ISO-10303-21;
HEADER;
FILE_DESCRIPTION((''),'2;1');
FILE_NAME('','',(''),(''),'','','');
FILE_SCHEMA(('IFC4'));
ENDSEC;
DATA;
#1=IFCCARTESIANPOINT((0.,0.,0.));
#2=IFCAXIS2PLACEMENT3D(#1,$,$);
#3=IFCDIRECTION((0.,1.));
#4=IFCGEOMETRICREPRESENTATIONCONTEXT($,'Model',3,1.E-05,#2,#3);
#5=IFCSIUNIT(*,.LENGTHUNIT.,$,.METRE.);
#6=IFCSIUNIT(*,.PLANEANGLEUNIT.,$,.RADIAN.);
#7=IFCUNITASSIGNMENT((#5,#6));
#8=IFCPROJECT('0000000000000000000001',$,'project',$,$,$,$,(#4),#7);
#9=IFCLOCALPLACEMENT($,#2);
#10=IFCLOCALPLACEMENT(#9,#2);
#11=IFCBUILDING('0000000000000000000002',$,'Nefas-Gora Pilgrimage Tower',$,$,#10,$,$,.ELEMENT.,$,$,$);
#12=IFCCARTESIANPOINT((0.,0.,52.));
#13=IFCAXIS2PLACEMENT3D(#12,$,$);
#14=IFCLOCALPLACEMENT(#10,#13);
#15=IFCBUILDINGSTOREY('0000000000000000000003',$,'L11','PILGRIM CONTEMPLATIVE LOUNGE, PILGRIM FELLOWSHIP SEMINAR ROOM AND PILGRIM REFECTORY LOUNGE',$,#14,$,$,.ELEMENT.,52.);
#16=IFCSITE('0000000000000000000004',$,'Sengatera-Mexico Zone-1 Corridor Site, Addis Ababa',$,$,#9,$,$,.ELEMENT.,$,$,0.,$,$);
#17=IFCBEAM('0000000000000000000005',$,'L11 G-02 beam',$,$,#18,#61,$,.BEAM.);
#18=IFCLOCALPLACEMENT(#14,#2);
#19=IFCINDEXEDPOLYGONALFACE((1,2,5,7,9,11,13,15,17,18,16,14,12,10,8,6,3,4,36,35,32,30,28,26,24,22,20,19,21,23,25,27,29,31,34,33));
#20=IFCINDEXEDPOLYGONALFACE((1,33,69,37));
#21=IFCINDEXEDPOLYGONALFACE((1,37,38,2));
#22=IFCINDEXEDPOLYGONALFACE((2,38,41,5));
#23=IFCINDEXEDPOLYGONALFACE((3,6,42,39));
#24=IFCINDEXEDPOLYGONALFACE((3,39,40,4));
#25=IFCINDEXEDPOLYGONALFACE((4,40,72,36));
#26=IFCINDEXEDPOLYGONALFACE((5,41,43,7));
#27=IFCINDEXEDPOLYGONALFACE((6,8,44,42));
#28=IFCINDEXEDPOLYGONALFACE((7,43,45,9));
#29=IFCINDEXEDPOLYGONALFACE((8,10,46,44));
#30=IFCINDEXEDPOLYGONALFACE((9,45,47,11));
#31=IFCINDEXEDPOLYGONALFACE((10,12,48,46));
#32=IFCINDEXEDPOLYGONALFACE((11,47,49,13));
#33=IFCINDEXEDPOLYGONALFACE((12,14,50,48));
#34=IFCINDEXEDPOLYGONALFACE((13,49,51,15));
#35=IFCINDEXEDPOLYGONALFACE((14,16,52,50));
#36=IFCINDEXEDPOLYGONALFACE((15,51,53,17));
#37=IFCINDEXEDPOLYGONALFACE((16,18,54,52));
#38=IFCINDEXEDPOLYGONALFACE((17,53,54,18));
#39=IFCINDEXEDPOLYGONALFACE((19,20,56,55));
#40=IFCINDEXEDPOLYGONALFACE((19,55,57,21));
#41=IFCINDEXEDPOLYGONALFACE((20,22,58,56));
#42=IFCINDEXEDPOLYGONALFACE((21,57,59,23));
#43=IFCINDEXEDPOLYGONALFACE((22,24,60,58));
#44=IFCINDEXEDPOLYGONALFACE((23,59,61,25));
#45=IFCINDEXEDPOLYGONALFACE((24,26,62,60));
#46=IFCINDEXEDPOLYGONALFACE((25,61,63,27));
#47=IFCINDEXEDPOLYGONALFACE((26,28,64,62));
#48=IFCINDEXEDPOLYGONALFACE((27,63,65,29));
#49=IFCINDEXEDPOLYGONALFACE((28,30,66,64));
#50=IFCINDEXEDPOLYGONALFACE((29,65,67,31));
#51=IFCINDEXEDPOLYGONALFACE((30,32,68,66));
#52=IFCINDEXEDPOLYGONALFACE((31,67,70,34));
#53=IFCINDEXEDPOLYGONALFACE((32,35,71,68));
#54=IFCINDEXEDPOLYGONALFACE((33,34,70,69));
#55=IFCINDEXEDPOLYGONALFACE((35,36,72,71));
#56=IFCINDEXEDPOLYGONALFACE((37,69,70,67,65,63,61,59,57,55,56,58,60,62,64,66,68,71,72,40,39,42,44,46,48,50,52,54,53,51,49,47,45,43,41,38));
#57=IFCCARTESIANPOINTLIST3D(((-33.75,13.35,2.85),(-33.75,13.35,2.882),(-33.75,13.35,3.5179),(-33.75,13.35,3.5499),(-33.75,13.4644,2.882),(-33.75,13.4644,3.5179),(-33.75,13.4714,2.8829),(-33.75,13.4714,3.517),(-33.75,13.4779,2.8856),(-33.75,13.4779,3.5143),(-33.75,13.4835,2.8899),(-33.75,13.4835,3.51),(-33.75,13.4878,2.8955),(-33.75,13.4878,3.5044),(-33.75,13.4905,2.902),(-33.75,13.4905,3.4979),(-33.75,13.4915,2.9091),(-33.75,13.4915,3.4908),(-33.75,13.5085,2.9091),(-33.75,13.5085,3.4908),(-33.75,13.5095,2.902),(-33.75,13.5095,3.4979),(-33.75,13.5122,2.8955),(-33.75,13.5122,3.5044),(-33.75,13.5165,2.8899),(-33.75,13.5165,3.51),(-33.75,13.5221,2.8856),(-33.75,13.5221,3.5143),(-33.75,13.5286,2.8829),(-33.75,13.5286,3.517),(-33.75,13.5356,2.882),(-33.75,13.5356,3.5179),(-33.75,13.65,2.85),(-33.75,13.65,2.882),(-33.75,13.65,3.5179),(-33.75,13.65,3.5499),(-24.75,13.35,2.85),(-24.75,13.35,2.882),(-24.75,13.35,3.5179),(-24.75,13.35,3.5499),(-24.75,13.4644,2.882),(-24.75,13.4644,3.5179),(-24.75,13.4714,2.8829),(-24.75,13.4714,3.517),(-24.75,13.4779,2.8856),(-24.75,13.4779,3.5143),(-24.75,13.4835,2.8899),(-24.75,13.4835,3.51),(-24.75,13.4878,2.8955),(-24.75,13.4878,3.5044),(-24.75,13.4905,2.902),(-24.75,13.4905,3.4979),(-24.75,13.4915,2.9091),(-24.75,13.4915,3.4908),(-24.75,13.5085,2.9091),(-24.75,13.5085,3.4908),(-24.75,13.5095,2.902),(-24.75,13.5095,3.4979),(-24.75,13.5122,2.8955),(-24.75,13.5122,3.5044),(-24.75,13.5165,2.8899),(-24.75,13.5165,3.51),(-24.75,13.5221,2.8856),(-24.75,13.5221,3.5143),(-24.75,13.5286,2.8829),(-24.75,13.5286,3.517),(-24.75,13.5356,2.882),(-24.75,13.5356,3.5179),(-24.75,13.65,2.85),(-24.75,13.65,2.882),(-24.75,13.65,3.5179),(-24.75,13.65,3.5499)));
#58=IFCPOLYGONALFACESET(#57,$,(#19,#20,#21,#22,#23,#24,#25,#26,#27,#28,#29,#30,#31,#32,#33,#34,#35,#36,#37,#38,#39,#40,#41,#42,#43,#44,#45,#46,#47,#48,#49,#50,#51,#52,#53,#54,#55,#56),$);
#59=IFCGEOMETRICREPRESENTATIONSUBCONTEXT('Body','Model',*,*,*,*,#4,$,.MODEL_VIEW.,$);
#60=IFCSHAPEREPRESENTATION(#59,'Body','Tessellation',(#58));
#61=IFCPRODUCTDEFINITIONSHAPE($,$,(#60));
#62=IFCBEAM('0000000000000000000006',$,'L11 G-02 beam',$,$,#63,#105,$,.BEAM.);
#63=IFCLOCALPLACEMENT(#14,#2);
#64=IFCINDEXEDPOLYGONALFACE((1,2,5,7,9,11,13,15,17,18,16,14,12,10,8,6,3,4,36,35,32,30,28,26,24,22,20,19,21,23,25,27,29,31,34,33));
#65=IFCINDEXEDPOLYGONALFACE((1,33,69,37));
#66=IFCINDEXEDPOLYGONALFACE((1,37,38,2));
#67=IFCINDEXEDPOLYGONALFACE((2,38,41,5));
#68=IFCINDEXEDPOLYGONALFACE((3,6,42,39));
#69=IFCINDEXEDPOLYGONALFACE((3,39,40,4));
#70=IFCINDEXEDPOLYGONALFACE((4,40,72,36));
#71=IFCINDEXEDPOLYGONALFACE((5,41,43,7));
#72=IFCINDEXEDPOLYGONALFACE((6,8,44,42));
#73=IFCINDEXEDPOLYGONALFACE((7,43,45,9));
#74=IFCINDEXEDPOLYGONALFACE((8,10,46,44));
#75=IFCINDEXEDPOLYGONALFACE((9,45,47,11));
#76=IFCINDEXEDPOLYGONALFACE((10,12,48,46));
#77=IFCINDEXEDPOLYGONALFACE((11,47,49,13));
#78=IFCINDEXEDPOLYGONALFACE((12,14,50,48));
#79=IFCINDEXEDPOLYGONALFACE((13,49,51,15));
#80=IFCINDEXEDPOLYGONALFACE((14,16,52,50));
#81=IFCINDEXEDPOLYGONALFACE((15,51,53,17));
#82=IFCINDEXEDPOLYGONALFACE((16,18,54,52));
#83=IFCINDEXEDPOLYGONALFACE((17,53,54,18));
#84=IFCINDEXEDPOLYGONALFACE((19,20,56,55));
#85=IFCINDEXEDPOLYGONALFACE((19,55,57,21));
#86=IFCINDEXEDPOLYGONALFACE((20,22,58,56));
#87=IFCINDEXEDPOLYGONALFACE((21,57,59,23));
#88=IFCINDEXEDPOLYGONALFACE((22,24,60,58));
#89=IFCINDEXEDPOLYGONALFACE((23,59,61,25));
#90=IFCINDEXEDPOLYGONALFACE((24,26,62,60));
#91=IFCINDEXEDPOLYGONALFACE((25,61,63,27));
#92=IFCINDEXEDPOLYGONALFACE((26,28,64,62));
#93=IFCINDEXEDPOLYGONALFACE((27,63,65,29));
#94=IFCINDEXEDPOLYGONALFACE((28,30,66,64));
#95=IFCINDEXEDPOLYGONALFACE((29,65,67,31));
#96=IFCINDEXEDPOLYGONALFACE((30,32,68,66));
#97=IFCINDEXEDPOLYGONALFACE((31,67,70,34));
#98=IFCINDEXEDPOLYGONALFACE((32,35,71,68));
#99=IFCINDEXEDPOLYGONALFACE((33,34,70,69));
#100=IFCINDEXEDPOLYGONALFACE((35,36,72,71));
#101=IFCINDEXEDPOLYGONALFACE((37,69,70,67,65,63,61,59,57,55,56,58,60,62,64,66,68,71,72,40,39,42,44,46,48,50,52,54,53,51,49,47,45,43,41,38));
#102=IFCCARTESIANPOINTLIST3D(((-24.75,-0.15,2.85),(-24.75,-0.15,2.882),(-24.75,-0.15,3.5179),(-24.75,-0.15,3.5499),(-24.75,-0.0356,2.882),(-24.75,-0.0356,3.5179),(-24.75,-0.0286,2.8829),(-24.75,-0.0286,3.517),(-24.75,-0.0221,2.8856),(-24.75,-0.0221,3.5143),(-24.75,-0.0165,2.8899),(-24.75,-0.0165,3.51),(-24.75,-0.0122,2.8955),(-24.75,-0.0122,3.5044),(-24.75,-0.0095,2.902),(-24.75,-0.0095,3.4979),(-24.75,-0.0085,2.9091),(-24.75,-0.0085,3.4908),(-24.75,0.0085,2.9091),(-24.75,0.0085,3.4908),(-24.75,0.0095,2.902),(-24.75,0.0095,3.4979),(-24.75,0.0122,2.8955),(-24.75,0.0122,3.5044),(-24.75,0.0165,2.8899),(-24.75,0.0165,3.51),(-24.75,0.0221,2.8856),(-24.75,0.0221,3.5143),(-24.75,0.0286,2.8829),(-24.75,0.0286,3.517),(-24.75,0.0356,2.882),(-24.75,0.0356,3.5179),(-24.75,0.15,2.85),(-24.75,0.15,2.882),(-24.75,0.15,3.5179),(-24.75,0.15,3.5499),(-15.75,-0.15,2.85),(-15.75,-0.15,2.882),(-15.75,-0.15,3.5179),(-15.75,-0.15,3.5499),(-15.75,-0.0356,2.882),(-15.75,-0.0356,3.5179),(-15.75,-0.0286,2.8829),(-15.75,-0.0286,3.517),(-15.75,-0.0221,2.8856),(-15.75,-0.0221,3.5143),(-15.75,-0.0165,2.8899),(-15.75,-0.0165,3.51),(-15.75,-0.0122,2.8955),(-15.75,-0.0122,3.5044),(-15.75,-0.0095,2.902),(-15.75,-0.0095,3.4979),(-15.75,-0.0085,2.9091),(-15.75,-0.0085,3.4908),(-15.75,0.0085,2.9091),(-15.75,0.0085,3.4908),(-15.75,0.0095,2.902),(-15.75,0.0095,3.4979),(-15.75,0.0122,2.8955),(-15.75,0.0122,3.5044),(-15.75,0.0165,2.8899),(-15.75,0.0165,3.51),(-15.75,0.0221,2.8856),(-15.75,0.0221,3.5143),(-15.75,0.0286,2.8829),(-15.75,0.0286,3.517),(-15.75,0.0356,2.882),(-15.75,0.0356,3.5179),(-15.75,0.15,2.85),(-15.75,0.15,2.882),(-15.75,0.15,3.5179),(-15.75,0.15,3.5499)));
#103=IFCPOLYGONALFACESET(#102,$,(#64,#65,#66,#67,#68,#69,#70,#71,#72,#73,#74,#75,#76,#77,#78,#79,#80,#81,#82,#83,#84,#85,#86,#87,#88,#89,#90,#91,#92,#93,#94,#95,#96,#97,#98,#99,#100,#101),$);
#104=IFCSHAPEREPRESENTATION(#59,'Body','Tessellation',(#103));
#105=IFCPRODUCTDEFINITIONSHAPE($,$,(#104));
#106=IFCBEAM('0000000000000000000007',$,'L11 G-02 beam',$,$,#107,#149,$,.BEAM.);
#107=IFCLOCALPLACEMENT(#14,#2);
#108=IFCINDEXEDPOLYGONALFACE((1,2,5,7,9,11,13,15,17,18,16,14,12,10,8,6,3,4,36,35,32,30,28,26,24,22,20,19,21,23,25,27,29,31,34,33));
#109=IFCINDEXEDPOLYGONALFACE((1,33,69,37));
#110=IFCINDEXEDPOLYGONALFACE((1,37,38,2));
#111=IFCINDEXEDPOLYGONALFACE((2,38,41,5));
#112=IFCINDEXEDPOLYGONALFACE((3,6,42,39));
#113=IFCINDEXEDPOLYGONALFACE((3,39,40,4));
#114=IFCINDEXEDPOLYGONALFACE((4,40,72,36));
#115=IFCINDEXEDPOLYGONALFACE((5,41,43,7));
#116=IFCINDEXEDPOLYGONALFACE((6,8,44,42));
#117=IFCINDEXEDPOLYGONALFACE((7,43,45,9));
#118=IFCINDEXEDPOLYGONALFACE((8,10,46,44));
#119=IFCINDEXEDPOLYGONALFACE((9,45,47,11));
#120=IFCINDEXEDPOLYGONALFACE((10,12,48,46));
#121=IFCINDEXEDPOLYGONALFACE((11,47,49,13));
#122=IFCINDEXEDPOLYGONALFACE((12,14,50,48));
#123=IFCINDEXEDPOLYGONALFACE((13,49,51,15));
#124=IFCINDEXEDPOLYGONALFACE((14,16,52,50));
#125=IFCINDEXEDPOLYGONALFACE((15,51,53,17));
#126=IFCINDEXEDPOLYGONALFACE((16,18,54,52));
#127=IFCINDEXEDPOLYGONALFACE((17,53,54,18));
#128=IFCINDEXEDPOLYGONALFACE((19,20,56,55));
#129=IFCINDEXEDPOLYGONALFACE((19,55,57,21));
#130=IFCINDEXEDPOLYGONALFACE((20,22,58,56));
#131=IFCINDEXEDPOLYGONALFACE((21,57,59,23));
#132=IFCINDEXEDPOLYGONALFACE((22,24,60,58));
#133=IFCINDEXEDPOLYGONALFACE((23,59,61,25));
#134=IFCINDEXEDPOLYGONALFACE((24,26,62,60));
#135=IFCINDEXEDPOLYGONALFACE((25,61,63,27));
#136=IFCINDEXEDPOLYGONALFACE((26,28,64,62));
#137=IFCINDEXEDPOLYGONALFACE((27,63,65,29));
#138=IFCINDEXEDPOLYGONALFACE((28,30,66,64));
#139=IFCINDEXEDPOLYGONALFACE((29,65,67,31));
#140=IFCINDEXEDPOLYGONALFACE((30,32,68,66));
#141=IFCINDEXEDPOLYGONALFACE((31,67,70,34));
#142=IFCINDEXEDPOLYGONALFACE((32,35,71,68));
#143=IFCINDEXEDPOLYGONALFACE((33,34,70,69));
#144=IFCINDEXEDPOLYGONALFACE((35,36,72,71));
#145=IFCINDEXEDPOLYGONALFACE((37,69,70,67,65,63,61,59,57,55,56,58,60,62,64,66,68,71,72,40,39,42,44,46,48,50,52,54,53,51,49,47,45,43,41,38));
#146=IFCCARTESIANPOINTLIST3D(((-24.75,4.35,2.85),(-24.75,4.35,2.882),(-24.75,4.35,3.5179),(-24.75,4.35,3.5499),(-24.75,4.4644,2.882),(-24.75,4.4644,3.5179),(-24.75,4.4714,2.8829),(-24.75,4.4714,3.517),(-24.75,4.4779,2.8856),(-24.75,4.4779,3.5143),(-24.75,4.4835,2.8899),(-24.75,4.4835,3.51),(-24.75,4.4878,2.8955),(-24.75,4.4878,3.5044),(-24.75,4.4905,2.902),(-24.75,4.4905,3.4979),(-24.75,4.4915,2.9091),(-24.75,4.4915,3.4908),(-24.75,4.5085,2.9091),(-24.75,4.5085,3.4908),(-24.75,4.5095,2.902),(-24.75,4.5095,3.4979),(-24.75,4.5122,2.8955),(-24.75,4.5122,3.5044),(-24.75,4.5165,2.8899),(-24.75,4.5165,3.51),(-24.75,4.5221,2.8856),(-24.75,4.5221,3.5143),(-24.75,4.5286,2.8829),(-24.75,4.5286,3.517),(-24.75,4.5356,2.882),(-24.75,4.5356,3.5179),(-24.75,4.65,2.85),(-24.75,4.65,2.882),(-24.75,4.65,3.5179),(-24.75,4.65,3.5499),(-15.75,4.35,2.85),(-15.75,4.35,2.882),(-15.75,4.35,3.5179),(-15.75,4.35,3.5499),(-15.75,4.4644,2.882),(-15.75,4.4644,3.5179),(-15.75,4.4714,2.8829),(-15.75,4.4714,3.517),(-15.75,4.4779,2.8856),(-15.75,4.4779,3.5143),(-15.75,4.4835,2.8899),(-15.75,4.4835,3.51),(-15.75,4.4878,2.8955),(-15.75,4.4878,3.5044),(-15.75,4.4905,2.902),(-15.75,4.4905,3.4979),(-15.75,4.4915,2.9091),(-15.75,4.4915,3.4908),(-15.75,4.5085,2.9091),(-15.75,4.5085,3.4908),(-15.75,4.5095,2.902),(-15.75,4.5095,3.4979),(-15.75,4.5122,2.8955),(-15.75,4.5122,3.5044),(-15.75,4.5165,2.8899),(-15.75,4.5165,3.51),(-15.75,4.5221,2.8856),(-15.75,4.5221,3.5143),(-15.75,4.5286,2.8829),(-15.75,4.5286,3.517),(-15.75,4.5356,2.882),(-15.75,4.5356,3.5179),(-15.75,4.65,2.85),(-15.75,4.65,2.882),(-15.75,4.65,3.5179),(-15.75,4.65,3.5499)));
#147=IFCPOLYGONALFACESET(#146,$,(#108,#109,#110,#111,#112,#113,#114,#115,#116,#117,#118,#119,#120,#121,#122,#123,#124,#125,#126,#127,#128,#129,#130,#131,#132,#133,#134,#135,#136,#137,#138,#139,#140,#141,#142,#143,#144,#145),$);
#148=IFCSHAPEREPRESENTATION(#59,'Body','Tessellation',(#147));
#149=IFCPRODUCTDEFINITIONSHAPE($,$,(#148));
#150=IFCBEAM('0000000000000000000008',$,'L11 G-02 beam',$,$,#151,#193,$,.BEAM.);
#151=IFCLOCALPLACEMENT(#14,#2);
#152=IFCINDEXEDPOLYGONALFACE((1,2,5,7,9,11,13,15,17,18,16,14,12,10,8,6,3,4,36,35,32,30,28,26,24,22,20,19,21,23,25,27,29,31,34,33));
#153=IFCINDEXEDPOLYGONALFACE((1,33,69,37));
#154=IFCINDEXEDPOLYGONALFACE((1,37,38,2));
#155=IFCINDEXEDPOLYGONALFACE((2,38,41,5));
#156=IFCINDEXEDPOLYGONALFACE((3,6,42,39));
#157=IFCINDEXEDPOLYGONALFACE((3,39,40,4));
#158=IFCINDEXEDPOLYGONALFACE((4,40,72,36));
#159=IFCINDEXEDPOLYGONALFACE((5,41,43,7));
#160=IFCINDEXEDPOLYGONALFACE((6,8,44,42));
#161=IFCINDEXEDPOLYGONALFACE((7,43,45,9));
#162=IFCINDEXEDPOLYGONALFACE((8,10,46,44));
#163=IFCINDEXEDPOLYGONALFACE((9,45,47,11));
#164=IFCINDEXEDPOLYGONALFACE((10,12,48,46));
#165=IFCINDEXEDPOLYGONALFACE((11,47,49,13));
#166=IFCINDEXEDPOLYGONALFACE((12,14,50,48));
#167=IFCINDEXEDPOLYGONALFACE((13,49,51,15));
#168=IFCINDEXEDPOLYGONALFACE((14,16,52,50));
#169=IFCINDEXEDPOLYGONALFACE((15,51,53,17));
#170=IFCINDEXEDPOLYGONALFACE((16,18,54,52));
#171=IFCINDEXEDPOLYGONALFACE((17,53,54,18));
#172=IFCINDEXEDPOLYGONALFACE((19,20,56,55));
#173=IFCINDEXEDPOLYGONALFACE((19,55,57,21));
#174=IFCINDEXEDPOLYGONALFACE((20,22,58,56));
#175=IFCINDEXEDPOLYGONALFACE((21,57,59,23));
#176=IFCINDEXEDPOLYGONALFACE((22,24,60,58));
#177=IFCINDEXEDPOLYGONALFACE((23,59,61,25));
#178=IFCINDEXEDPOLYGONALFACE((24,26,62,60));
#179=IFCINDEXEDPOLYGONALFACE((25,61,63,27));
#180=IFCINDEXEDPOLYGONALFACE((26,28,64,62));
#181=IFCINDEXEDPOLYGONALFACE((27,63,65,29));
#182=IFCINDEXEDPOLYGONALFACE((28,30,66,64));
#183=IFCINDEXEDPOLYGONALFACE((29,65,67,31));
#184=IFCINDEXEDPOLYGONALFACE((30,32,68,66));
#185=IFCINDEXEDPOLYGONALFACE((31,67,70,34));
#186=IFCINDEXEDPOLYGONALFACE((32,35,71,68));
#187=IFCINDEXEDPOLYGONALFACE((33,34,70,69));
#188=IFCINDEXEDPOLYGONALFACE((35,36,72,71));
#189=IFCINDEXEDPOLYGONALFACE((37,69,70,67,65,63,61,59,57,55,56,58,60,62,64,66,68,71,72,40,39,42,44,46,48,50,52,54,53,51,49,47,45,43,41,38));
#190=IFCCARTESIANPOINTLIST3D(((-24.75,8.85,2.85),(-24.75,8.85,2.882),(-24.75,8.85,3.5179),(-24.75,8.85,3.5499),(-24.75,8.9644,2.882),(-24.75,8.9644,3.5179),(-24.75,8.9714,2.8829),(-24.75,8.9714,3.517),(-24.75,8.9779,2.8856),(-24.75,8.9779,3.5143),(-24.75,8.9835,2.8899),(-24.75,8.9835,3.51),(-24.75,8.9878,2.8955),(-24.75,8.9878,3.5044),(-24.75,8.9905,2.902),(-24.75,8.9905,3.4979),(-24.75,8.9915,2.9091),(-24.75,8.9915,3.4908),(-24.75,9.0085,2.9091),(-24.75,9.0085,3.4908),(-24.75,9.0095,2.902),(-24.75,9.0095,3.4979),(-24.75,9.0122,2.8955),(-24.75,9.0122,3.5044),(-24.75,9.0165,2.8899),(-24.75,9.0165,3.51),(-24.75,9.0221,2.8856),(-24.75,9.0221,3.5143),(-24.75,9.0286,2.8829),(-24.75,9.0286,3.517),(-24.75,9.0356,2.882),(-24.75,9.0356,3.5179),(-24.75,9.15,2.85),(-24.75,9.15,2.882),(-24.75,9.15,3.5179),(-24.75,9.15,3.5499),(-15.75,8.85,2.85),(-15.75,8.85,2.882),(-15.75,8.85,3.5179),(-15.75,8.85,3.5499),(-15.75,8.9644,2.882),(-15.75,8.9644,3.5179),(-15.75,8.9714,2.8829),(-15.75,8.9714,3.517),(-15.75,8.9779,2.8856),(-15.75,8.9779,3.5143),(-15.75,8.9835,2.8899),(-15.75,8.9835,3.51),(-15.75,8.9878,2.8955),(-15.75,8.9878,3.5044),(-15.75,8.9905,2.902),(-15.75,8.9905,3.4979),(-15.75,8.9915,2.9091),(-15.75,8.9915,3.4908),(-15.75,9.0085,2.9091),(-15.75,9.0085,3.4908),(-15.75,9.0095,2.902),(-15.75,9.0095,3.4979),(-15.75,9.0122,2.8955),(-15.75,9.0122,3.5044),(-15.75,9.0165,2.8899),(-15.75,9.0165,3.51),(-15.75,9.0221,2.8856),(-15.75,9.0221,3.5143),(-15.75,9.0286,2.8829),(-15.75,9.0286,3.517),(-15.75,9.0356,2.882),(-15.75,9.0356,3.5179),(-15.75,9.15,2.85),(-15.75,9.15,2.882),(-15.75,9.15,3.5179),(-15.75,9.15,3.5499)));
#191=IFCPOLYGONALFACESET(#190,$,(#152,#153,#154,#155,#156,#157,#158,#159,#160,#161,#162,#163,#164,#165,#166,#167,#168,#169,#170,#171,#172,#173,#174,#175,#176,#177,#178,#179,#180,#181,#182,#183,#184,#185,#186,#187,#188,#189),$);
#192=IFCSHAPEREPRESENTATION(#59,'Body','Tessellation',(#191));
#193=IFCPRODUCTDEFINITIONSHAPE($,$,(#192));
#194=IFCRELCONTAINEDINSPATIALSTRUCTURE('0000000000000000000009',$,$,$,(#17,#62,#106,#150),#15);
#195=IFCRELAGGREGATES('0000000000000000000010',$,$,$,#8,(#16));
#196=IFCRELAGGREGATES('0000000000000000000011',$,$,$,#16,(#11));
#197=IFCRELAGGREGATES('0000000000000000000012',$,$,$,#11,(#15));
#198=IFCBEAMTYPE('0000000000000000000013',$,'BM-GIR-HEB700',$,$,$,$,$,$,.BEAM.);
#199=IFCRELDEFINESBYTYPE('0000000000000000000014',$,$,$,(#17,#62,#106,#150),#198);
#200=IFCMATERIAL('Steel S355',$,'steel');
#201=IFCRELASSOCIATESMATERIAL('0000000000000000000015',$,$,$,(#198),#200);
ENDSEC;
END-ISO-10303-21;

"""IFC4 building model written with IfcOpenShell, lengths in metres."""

from ifc_helpers import new_model, si_unit, direction, frame, origin, origin_2d, place, context, subcontext, project, spatial, i_section, extrude, source, transform, mapped, material, material_profile, profile_set, type_object, element, save


model = new_model("IFC4")

# Units and contexts
model_context = context("Model", 3, precision=1e-05, world=origin(), true_north=direction((0.0, 1.0)))
body_context = subcontext(model_context, "Body", "Model", "MODEL_VIEW")
ifc_project = project(units=[si_unit("LENGTHUNIT", "METRE"), si_unit("PLANEANGLEUNIT", "RADIAN")], contexts=[model_context])

# Site, building, storey
site_placement = place(None, origin())
site = spatial("IfcSite", under=ifc_project, at=site_placement, Name="Sengatera-Mexico Zone-1 Corridor Site, Addis Ababa", CompositionType="ELEMENT", RefElevation=0.0)
building_placement = place(site_placement, origin())
building = spatial("IfcBuilding", under=site, at=building_placement, Name="Nefas-Gora Pilgrimage Tower", CompositionType="ELEMENT")
storey_placement = place(building_placement, frame((0.0, 0.0, 52.0)))
storey = spatial("IfcBuildingStorey", under=building, at=storey_placement, Name="L11", Description="PILGRIM CONTEMPLATIVE LOUNGE, PILGRIM FELLOWSHIP SEMINAR ROOM AND PILGRIM REFECTORY LOUNGE", CompositionType="ELEMENT", Elevation=52.0)

# Beams
ifc_material_1 = material(Name="Steel S355", Category="steel")
ifc_material_profile_1 = material_profile(ifc_material_1, i_section(OverallWidth=0.3, OverallDepth=0.7, WebThickness=0.0171, FlangeThickness=0.032, FilletRadius=0.0271, at=origin_2d()), Name="HEB 700")
ifc_profile_set_1 = profile_set([ifc_material_profile_1], Name="Steel S355")
beam_type_1 = type_object("IfcBeamType", Name="BM-GIR-HEB700", PredefinedType="BEAM", material=ifc_profile_set_1)
shared_shape_1 = source(origin(), body_context, "Body", "SweptSolid", [
    extrude(i_section(OverallWidth=0.3, OverallDepth=0.7, WebThickness=0.0171, FlangeThickness=0.032, FilletRadius=0.0271, at=origin_2d()), origin(), (0.0, 0.0, 1.0), 9.0),
])
for number, where, z_axis, x_axis, name in (
    (1, (-33.75, 13.5, 3.2), (1.0, 0.0, 0.0), (0.0, 1.0, 0.0), "L11 G-02 beam"),
    (2, (-24.75, 0.0, 3.2), (1.0, 0.0, 0.0), (0.0, 1.0, 0.0), "L11 G-02 beam"),
    (3, (-24.75, 4.5, 3.2), (1.0, 0.0, 0.0), (0.0, 1.0, 0.0), "L11 G-02 beam"),
    (4, (-24.75, 9.0, 3.2), (1.0, 0.0, 0.0), (0.0, 1.0, 0.0), "L11 G-02 beam"),
):
    element("IfcBeam", number, at=place(storey_placement, frame(where, z_axis=z_axis, x_axis=x_axis)), inside=storey, type_object=beam_type_1, Name=name, PredefinedType="BEAM", context=body_context, shape_type="MappedRepresentation", body=[
        mapped(shared_shape_1, transform((0.0, 0.0, 0.0), x_axis=(1.0, 0.0, 0.0), y_axis=(0.0, 1.0, 0.0), z_axis=(0.0, 0.0, 1.0), scale=1.0)),
    ])

save(model, "model.ifc")
